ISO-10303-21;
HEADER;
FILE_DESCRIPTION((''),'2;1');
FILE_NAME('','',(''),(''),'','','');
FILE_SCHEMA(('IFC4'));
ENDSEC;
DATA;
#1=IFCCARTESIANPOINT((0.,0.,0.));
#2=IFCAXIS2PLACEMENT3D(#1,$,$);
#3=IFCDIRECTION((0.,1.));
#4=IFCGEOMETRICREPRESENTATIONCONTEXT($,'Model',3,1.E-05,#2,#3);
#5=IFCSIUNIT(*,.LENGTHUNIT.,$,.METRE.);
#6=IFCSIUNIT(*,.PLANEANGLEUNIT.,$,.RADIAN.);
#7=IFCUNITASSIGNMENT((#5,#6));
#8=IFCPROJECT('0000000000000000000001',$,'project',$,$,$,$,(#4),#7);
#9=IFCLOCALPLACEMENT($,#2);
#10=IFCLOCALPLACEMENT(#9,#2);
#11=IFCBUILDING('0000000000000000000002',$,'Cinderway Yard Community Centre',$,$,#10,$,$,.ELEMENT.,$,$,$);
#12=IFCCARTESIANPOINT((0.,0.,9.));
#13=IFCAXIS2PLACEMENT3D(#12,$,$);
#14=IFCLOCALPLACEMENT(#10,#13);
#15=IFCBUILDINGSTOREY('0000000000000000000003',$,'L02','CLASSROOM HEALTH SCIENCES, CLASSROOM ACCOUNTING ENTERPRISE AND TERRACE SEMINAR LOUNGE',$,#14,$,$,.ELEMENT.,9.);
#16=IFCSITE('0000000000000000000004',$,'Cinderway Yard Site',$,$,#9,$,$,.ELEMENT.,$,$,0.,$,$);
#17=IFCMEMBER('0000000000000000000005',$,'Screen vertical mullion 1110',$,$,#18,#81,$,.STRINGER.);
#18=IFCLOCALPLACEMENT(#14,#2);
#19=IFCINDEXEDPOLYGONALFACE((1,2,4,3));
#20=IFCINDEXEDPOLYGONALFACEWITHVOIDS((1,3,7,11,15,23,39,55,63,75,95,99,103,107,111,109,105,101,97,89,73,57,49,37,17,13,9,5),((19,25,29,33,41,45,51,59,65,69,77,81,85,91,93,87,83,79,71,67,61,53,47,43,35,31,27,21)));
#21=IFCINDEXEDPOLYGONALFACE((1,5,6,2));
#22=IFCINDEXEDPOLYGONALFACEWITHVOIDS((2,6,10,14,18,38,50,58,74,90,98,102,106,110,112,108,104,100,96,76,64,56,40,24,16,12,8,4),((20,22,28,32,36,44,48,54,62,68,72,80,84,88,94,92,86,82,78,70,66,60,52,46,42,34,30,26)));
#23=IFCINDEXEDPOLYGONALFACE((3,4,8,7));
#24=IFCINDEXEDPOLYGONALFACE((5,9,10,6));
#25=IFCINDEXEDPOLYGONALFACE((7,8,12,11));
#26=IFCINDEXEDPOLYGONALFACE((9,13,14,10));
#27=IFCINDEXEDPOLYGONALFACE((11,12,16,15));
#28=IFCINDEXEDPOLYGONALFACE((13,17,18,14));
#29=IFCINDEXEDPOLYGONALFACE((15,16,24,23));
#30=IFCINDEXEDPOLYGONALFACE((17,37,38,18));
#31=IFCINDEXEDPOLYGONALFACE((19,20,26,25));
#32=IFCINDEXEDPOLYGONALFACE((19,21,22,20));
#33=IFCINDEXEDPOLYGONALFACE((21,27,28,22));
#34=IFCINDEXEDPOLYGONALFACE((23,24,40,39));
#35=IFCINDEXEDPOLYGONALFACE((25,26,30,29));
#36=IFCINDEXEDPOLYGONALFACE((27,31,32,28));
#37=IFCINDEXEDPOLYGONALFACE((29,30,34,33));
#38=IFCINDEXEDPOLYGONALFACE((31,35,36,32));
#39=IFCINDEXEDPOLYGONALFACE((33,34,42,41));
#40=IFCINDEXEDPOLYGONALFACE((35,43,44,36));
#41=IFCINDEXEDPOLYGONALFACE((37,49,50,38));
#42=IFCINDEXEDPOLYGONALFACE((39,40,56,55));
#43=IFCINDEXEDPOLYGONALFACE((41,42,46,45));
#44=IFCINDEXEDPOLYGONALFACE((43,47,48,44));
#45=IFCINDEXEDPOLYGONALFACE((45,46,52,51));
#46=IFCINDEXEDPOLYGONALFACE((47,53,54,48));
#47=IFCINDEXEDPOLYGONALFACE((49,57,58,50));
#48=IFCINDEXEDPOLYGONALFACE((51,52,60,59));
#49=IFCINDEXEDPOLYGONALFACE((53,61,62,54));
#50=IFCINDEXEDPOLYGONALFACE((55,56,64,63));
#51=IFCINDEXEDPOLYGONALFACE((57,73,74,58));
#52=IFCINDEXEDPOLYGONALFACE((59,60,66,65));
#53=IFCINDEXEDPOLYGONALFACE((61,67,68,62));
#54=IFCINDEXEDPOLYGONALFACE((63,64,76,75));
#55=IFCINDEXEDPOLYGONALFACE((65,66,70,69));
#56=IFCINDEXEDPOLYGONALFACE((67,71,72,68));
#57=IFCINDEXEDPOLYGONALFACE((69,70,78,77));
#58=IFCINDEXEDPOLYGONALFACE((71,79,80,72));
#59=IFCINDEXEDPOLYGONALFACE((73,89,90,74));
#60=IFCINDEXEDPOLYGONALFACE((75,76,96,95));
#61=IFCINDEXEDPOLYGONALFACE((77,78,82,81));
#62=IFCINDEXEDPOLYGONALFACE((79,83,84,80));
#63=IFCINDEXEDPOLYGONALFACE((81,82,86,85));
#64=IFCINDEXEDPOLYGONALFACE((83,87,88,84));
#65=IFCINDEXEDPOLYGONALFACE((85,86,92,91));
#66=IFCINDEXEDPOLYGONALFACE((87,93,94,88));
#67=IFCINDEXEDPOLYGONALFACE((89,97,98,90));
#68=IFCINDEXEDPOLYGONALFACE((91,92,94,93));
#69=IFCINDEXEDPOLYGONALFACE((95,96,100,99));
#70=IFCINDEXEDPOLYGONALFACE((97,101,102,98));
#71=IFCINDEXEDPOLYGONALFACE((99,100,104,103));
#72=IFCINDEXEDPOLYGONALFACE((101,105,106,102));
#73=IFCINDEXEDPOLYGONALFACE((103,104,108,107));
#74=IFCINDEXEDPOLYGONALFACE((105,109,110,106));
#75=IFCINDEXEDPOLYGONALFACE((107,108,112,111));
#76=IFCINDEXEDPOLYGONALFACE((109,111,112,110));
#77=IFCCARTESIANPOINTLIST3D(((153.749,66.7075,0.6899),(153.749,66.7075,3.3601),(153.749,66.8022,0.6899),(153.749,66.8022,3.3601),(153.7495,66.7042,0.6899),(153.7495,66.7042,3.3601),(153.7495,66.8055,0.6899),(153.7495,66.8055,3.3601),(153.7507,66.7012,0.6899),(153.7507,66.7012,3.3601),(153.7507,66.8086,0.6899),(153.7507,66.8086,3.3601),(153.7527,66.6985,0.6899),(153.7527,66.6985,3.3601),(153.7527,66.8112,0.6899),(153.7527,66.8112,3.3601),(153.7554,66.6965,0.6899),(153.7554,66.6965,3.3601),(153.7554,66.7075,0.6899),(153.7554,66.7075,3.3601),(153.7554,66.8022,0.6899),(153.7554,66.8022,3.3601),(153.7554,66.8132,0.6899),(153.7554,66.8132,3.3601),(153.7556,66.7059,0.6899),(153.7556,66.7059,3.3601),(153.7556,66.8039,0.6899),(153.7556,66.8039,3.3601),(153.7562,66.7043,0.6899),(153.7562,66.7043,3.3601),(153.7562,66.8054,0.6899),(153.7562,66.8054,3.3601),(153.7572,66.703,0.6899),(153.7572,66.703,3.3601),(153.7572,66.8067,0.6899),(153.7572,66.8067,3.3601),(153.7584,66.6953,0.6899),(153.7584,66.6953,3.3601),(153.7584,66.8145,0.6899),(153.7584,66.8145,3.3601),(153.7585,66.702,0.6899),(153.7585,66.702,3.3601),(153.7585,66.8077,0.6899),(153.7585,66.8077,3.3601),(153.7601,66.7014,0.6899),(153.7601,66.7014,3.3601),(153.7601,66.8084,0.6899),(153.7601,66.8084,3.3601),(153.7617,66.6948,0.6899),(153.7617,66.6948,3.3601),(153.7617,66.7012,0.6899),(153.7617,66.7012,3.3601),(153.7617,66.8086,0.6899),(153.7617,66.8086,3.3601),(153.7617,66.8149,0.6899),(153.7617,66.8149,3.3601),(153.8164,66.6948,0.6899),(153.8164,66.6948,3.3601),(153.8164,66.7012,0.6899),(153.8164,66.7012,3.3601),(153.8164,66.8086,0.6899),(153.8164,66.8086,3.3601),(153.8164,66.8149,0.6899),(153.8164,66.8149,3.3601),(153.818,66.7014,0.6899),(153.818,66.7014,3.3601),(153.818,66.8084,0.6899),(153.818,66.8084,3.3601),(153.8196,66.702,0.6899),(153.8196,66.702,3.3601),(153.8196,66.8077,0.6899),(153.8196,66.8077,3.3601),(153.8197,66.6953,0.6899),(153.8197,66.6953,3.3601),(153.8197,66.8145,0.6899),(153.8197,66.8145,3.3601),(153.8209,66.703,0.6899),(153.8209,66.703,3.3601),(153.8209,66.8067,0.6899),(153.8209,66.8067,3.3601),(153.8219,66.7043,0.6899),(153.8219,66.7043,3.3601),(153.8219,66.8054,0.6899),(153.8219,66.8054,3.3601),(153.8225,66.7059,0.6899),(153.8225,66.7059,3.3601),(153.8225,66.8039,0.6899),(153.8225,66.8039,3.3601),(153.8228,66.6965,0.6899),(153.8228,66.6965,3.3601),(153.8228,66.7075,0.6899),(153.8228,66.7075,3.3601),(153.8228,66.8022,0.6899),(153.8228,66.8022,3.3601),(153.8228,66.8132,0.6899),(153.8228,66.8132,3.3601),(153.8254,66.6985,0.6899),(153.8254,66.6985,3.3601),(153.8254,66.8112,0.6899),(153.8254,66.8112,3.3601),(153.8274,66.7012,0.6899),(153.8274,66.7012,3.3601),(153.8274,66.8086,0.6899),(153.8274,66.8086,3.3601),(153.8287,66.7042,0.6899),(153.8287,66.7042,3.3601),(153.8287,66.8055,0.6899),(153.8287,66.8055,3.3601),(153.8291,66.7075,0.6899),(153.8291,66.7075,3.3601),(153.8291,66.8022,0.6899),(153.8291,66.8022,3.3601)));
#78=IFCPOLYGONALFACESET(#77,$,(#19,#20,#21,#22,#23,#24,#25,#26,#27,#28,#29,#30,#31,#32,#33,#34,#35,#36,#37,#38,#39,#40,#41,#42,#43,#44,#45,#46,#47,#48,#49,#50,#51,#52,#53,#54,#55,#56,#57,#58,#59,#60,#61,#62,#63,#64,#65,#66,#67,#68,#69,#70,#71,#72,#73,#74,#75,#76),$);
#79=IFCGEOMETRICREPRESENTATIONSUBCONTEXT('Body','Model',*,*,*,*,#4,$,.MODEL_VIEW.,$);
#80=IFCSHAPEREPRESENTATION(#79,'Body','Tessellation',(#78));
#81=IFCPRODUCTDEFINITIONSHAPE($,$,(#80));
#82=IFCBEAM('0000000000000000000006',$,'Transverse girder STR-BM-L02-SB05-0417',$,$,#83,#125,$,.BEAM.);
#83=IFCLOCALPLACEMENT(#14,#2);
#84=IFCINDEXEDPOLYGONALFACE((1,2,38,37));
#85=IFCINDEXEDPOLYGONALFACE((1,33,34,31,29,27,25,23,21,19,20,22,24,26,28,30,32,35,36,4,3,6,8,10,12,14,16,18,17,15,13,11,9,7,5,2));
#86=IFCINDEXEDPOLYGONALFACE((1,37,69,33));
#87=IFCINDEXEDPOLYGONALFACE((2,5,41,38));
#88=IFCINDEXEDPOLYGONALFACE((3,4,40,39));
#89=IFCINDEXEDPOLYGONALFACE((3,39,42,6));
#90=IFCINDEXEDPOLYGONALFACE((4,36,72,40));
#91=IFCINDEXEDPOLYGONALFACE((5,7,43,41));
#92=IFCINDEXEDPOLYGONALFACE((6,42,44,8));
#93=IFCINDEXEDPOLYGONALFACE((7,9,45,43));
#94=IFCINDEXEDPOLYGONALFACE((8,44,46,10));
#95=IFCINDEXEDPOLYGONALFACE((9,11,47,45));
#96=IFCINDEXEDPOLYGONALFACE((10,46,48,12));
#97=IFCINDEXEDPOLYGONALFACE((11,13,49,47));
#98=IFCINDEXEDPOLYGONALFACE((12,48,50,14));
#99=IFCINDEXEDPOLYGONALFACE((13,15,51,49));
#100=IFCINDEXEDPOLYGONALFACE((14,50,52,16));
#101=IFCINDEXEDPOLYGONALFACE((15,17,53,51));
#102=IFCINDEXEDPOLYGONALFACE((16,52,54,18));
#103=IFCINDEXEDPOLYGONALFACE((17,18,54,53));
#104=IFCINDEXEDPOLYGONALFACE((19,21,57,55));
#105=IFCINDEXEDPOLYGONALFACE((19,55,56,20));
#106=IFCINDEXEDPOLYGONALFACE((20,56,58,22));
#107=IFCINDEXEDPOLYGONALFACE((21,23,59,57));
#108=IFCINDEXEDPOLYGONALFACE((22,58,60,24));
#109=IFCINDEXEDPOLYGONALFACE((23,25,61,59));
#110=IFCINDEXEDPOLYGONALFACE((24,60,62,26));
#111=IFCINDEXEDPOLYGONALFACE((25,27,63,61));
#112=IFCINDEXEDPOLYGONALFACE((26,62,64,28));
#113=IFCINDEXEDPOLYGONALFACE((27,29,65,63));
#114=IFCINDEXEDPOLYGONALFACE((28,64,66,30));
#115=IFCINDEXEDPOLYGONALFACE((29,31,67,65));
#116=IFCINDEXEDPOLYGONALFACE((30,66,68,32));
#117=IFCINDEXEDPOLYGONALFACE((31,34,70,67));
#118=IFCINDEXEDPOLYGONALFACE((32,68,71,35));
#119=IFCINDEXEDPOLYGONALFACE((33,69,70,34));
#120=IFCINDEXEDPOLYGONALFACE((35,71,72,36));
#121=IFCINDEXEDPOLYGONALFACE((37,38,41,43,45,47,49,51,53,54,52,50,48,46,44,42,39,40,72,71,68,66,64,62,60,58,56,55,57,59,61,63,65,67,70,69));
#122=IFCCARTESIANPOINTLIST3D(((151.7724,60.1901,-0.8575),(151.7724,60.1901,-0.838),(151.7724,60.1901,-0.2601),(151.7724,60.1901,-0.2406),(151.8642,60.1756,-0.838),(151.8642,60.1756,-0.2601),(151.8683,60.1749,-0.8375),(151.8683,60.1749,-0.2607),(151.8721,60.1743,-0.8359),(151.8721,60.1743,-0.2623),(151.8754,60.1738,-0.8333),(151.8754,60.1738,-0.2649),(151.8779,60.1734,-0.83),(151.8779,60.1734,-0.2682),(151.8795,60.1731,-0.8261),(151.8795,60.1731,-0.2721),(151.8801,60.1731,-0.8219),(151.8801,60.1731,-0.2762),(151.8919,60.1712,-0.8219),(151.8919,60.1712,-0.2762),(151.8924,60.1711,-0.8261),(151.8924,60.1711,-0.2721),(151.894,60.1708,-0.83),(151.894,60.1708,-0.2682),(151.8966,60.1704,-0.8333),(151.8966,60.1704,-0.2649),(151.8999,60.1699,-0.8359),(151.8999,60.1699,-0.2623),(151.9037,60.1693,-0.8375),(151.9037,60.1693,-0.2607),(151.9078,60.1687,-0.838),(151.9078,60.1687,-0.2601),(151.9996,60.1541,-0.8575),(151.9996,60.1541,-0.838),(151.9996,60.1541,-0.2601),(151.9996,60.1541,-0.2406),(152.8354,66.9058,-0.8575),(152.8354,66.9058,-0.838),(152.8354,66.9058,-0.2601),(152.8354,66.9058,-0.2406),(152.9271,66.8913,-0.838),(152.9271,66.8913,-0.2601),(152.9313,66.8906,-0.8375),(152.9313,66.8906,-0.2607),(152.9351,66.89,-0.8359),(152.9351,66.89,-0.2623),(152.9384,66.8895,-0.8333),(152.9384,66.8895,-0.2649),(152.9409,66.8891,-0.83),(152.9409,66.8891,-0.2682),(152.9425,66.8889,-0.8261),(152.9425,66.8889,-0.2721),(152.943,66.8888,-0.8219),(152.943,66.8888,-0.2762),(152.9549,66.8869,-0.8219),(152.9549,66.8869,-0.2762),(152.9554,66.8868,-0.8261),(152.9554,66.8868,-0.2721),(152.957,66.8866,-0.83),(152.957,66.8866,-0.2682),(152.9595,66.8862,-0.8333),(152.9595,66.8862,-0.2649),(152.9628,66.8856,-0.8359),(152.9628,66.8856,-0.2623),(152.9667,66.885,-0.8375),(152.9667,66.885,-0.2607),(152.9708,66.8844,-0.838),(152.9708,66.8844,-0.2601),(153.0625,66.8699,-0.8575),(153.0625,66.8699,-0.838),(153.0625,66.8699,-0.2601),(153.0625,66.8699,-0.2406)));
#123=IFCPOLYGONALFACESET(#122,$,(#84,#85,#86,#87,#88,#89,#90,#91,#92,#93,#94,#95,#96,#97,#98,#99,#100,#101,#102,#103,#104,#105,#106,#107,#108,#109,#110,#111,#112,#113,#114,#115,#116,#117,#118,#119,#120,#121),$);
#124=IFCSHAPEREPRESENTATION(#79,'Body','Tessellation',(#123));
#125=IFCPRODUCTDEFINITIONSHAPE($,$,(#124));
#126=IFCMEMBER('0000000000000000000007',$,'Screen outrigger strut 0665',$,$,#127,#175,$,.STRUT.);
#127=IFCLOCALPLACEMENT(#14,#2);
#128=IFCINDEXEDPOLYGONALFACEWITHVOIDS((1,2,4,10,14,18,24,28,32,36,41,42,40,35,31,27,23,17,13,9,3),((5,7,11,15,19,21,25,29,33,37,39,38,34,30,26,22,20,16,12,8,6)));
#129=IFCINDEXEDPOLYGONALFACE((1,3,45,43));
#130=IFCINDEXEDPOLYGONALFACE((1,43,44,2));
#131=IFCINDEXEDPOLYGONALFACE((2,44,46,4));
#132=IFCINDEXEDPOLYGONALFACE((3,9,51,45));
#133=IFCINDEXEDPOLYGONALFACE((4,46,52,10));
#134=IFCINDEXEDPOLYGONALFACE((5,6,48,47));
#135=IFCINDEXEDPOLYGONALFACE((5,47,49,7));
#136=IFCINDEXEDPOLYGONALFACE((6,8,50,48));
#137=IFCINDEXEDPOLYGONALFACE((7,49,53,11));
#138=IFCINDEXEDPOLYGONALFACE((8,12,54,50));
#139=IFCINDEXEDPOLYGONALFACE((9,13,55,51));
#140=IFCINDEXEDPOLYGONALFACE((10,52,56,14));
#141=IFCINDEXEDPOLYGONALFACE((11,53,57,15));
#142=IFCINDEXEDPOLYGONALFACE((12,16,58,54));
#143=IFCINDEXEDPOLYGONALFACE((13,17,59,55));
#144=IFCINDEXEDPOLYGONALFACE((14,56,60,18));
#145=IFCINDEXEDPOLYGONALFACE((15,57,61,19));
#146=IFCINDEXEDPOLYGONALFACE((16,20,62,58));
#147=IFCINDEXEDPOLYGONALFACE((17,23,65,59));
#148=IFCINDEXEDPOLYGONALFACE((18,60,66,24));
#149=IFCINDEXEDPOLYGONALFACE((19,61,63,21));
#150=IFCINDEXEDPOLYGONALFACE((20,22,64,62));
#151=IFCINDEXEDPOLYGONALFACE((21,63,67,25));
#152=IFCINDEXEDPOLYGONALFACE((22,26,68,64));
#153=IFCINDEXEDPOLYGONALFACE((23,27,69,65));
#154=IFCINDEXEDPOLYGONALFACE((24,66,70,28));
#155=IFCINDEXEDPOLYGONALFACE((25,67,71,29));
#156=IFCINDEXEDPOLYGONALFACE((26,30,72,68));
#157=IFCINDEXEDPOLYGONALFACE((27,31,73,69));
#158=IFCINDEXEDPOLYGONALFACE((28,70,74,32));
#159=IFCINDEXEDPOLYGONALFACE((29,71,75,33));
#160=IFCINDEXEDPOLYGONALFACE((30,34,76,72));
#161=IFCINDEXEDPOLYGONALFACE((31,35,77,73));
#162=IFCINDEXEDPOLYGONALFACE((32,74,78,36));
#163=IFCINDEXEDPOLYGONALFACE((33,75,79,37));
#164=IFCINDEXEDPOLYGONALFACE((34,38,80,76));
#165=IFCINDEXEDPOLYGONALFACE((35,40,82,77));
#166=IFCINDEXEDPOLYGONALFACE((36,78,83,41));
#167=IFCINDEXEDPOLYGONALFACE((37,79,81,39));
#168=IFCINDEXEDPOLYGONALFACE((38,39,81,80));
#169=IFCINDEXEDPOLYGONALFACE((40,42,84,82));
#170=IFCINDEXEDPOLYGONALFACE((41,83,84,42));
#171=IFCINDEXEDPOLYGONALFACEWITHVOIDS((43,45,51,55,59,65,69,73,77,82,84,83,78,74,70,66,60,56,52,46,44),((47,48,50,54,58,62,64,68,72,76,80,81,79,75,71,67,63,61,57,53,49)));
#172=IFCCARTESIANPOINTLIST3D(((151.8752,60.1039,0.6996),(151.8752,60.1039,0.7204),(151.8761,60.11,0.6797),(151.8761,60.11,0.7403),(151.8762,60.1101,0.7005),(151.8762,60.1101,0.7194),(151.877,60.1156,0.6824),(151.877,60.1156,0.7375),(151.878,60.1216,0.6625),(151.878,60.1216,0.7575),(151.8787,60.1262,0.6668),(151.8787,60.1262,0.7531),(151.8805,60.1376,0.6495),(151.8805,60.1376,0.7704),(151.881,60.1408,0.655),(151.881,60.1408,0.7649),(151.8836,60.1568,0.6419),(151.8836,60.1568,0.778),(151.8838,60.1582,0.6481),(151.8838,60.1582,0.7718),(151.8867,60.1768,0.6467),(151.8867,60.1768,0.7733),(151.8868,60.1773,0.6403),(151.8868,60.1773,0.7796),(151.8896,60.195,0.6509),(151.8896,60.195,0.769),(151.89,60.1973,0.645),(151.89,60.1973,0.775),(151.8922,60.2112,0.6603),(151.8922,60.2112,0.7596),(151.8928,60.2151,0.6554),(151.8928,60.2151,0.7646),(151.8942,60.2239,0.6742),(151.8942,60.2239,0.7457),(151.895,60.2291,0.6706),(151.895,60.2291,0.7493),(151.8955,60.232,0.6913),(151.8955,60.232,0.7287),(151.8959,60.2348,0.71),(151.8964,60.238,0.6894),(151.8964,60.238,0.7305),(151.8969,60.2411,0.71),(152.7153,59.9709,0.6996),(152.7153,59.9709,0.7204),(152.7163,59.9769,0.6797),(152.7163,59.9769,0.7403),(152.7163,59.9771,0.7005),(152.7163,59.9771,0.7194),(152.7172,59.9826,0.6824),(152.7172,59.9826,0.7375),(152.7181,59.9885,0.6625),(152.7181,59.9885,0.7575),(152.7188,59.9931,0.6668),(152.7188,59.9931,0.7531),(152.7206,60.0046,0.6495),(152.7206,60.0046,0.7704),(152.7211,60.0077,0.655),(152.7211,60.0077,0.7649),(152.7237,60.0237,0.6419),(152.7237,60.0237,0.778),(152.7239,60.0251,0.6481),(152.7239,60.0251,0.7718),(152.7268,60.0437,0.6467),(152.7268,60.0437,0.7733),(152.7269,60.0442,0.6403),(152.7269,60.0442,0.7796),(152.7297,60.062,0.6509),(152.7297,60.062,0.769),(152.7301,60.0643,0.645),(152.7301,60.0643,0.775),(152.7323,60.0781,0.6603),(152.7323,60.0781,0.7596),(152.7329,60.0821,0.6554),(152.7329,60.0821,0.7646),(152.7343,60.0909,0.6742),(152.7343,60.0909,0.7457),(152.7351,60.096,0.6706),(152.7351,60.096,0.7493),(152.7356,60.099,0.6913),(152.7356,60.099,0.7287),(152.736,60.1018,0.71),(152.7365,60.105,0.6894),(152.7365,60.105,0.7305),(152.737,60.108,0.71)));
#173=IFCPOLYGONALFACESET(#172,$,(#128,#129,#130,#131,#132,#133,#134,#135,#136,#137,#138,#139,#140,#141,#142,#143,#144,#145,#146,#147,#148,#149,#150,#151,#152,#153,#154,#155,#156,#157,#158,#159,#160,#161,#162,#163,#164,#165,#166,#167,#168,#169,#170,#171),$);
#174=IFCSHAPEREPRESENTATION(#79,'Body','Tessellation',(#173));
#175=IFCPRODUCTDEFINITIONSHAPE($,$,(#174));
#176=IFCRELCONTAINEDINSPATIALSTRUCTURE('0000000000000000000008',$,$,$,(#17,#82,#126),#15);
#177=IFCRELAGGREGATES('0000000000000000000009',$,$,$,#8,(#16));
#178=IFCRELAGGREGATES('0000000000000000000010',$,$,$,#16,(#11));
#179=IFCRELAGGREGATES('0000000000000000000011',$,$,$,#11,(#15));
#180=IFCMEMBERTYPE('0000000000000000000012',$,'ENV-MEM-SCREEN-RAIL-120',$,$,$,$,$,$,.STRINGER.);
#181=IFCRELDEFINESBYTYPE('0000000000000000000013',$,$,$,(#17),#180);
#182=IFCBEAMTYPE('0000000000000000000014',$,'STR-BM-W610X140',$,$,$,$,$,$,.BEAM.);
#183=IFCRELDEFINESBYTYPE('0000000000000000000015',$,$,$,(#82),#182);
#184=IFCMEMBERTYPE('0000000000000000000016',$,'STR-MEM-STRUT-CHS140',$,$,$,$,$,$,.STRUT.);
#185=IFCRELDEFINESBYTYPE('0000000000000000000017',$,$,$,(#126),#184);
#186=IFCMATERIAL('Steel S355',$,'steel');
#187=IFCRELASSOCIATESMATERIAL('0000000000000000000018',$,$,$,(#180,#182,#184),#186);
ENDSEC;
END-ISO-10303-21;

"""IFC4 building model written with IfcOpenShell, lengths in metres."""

from ifc_helpers import new_model, si_unit, direction, frame, origin, origin_2d, place, context, subcontext, project, spatial, hollow_rectangle, hollow_circle, i_section, extrude, material, material_profile, profile_set, type_object, element, save


model = new_model("IFC4")

# Units and contexts
model_context = context("Model", 3, precision=1e-05, world=origin(), true_north=direction((0.0, 1.0)))
body_context = subcontext(model_context, "Body", "Model", "MODEL_VIEW")
ifc_project = project(units=[si_unit("LENGTHUNIT", "METRE"), si_unit("PLANEANGLEUNIT", "RADIAN")], contexts=[model_context])

# Site, building, storey
site_placement = place(None, origin())
site = spatial("IfcSite", under=ifc_project, at=site_placement, Name="Cinderway Yard Site", CompositionType="ELEMENT", RefElevation=0.0)
building_placement = place(site_placement, origin())
building = spatial("IfcBuilding", under=site, at=building_placement, Name="Cinderway Yard Community Centre", CompositionType="ELEMENT")
storey_placement = place(building_placement, frame((0.0, 0.0, 9.0)))
storey = spatial("IfcBuildingStorey", under=building, at=storey_placement, Name="L02", Description="CLASSROOM HEALTH SCIENCES, CLASSROOM ACCOUNTING ENTERPRISE AND TERRACE SEMINAR LOUNGE", CompositionType="ELEMENT", Elevation=9.0)

# Member
ifc_material_1 = material(Name="Steel S355", Category="steel")
ifc_material_profile_1 = material_profile(ifc_material_1, hollow_rectangle(XDim=0.0801, YDim=0.1201, WallThickness=0.0063, InnerFilletRadius=0.0063, OuterFilletRadius=0.0127, at=origin_2d()), Name="Steel S355")
ifc_profile_set_1 = profile_set([ifc_material_profile_1], Name="Steel S355")
member_type_1 = type_object("IfcMemberType", Name="ENV-MEM-SCREEN-RAIL-120", PredefinedType="STRINGER", material=ifc_profile_set_1)
for number, where, z_axis, x_axis, name in (
    (1, (153.7891, 66.7549, 0.6899), (0.0, 0.0, 1.0), (1.0, 0.0, 0.0), "Screen vertical mullion 1110"),
):
    element("IfcMember", number, at=place(storey_placement, frame(where, z_axis=z_axis, x_axis=x_axis)), inside=storey, type_object=member_type_1, Name=name, PredefinedType="STRINGER", context=body_context, shape_type="SweptSolid", body=[
        extrude(hollow_rectangle(XDim=0.0801, YDim=0.1201, WallThickness=0.0063, InnerFilletRadius=0.0063, OuterFilletRadius=0.0127, at=origin_2d()), origin(), (0.0, 0.0, 1.0), 2.6702),
    ])

# Beam
ifc_material_profile_2 = material_profile(ifc_material_1, i_section(OverallWidth=0.23, OverallDepth=0.6169, WebThickness=0.012, FlangeThickness=0.0195, FilletRadius=0.0161, at=origin_2d()), Name="Steel S355")
ifc_profile_set_2 = profile_set([ifc_material_profile_2], Name="Steel S355")
beam_type = type_object("IfcBeamType", Name="STR-BM-W610X140", PredefinedType="BEAM", material=ifc_profile_set_2)
beam_placement = place(storey_placement, frame((151.886, 60.1721, -0.5491), z_axis=(0.156335, 0.987704, 0.0), x_axis=(-0.987704, 0.156335, 0.0)))
element("IfcBeam", 2, at=beam_placement, inside=storey, type_object=beam_type, Name="Transverse girder STR-BM-L02-SB05-0417", PredefinedType="BEAM", context=body_context, shape_type="SweptSolid", body=[
    extrude(i_section(OverallWidth=0.23, OverallDepth=0.6169, WebThickness=0.012, FlangeThickness=0.0195, FilletRadius=0.0161, at=origin_2d()), origin(), (0.0, 0.0, 1.0), 6.7993),
])

# Member
ifc_material_profile_3 = material_profile(ifc_material_1, hollow_circle(Radius=0.0698, WallThickness=0.0063, at=origin_2d()), Name="Steel S355")
ifc_profile_set_3 = profile_set([ifc_material_profile_3], Name="Steel S355")
member_type_2 = type_object("IfcMemberType", Name="STR-MEM-STRUT-CHS140", PredefinedType="STRUT", material=ifc_profile_set_3)
for number, where, z_axis, x_axis, name in (
    (3, (151.886, 60.1721, 0.71), (0.987688, -0.156434, 0.0), (0.156434, 0.987688, 0.0), "Screen outrigger strut 0665"),
):
    element("IfcMember", number, at=place(storey_placement, frame(where, z_axis=z_axis, x_axis=x_axis)), inside=storey, type_object=member_type_2, Name=name, PredefinedType="STRUT", context=body_context, shape_type="SweptSolid", body=[
        extrude(hollow_circle(Radius=0.0698, WallThickness=0.0063, at=origin_2d()), origin(), (0.0, 0.0, 1.0), 0.8506),
    ])

save(model, "model.ifc")
